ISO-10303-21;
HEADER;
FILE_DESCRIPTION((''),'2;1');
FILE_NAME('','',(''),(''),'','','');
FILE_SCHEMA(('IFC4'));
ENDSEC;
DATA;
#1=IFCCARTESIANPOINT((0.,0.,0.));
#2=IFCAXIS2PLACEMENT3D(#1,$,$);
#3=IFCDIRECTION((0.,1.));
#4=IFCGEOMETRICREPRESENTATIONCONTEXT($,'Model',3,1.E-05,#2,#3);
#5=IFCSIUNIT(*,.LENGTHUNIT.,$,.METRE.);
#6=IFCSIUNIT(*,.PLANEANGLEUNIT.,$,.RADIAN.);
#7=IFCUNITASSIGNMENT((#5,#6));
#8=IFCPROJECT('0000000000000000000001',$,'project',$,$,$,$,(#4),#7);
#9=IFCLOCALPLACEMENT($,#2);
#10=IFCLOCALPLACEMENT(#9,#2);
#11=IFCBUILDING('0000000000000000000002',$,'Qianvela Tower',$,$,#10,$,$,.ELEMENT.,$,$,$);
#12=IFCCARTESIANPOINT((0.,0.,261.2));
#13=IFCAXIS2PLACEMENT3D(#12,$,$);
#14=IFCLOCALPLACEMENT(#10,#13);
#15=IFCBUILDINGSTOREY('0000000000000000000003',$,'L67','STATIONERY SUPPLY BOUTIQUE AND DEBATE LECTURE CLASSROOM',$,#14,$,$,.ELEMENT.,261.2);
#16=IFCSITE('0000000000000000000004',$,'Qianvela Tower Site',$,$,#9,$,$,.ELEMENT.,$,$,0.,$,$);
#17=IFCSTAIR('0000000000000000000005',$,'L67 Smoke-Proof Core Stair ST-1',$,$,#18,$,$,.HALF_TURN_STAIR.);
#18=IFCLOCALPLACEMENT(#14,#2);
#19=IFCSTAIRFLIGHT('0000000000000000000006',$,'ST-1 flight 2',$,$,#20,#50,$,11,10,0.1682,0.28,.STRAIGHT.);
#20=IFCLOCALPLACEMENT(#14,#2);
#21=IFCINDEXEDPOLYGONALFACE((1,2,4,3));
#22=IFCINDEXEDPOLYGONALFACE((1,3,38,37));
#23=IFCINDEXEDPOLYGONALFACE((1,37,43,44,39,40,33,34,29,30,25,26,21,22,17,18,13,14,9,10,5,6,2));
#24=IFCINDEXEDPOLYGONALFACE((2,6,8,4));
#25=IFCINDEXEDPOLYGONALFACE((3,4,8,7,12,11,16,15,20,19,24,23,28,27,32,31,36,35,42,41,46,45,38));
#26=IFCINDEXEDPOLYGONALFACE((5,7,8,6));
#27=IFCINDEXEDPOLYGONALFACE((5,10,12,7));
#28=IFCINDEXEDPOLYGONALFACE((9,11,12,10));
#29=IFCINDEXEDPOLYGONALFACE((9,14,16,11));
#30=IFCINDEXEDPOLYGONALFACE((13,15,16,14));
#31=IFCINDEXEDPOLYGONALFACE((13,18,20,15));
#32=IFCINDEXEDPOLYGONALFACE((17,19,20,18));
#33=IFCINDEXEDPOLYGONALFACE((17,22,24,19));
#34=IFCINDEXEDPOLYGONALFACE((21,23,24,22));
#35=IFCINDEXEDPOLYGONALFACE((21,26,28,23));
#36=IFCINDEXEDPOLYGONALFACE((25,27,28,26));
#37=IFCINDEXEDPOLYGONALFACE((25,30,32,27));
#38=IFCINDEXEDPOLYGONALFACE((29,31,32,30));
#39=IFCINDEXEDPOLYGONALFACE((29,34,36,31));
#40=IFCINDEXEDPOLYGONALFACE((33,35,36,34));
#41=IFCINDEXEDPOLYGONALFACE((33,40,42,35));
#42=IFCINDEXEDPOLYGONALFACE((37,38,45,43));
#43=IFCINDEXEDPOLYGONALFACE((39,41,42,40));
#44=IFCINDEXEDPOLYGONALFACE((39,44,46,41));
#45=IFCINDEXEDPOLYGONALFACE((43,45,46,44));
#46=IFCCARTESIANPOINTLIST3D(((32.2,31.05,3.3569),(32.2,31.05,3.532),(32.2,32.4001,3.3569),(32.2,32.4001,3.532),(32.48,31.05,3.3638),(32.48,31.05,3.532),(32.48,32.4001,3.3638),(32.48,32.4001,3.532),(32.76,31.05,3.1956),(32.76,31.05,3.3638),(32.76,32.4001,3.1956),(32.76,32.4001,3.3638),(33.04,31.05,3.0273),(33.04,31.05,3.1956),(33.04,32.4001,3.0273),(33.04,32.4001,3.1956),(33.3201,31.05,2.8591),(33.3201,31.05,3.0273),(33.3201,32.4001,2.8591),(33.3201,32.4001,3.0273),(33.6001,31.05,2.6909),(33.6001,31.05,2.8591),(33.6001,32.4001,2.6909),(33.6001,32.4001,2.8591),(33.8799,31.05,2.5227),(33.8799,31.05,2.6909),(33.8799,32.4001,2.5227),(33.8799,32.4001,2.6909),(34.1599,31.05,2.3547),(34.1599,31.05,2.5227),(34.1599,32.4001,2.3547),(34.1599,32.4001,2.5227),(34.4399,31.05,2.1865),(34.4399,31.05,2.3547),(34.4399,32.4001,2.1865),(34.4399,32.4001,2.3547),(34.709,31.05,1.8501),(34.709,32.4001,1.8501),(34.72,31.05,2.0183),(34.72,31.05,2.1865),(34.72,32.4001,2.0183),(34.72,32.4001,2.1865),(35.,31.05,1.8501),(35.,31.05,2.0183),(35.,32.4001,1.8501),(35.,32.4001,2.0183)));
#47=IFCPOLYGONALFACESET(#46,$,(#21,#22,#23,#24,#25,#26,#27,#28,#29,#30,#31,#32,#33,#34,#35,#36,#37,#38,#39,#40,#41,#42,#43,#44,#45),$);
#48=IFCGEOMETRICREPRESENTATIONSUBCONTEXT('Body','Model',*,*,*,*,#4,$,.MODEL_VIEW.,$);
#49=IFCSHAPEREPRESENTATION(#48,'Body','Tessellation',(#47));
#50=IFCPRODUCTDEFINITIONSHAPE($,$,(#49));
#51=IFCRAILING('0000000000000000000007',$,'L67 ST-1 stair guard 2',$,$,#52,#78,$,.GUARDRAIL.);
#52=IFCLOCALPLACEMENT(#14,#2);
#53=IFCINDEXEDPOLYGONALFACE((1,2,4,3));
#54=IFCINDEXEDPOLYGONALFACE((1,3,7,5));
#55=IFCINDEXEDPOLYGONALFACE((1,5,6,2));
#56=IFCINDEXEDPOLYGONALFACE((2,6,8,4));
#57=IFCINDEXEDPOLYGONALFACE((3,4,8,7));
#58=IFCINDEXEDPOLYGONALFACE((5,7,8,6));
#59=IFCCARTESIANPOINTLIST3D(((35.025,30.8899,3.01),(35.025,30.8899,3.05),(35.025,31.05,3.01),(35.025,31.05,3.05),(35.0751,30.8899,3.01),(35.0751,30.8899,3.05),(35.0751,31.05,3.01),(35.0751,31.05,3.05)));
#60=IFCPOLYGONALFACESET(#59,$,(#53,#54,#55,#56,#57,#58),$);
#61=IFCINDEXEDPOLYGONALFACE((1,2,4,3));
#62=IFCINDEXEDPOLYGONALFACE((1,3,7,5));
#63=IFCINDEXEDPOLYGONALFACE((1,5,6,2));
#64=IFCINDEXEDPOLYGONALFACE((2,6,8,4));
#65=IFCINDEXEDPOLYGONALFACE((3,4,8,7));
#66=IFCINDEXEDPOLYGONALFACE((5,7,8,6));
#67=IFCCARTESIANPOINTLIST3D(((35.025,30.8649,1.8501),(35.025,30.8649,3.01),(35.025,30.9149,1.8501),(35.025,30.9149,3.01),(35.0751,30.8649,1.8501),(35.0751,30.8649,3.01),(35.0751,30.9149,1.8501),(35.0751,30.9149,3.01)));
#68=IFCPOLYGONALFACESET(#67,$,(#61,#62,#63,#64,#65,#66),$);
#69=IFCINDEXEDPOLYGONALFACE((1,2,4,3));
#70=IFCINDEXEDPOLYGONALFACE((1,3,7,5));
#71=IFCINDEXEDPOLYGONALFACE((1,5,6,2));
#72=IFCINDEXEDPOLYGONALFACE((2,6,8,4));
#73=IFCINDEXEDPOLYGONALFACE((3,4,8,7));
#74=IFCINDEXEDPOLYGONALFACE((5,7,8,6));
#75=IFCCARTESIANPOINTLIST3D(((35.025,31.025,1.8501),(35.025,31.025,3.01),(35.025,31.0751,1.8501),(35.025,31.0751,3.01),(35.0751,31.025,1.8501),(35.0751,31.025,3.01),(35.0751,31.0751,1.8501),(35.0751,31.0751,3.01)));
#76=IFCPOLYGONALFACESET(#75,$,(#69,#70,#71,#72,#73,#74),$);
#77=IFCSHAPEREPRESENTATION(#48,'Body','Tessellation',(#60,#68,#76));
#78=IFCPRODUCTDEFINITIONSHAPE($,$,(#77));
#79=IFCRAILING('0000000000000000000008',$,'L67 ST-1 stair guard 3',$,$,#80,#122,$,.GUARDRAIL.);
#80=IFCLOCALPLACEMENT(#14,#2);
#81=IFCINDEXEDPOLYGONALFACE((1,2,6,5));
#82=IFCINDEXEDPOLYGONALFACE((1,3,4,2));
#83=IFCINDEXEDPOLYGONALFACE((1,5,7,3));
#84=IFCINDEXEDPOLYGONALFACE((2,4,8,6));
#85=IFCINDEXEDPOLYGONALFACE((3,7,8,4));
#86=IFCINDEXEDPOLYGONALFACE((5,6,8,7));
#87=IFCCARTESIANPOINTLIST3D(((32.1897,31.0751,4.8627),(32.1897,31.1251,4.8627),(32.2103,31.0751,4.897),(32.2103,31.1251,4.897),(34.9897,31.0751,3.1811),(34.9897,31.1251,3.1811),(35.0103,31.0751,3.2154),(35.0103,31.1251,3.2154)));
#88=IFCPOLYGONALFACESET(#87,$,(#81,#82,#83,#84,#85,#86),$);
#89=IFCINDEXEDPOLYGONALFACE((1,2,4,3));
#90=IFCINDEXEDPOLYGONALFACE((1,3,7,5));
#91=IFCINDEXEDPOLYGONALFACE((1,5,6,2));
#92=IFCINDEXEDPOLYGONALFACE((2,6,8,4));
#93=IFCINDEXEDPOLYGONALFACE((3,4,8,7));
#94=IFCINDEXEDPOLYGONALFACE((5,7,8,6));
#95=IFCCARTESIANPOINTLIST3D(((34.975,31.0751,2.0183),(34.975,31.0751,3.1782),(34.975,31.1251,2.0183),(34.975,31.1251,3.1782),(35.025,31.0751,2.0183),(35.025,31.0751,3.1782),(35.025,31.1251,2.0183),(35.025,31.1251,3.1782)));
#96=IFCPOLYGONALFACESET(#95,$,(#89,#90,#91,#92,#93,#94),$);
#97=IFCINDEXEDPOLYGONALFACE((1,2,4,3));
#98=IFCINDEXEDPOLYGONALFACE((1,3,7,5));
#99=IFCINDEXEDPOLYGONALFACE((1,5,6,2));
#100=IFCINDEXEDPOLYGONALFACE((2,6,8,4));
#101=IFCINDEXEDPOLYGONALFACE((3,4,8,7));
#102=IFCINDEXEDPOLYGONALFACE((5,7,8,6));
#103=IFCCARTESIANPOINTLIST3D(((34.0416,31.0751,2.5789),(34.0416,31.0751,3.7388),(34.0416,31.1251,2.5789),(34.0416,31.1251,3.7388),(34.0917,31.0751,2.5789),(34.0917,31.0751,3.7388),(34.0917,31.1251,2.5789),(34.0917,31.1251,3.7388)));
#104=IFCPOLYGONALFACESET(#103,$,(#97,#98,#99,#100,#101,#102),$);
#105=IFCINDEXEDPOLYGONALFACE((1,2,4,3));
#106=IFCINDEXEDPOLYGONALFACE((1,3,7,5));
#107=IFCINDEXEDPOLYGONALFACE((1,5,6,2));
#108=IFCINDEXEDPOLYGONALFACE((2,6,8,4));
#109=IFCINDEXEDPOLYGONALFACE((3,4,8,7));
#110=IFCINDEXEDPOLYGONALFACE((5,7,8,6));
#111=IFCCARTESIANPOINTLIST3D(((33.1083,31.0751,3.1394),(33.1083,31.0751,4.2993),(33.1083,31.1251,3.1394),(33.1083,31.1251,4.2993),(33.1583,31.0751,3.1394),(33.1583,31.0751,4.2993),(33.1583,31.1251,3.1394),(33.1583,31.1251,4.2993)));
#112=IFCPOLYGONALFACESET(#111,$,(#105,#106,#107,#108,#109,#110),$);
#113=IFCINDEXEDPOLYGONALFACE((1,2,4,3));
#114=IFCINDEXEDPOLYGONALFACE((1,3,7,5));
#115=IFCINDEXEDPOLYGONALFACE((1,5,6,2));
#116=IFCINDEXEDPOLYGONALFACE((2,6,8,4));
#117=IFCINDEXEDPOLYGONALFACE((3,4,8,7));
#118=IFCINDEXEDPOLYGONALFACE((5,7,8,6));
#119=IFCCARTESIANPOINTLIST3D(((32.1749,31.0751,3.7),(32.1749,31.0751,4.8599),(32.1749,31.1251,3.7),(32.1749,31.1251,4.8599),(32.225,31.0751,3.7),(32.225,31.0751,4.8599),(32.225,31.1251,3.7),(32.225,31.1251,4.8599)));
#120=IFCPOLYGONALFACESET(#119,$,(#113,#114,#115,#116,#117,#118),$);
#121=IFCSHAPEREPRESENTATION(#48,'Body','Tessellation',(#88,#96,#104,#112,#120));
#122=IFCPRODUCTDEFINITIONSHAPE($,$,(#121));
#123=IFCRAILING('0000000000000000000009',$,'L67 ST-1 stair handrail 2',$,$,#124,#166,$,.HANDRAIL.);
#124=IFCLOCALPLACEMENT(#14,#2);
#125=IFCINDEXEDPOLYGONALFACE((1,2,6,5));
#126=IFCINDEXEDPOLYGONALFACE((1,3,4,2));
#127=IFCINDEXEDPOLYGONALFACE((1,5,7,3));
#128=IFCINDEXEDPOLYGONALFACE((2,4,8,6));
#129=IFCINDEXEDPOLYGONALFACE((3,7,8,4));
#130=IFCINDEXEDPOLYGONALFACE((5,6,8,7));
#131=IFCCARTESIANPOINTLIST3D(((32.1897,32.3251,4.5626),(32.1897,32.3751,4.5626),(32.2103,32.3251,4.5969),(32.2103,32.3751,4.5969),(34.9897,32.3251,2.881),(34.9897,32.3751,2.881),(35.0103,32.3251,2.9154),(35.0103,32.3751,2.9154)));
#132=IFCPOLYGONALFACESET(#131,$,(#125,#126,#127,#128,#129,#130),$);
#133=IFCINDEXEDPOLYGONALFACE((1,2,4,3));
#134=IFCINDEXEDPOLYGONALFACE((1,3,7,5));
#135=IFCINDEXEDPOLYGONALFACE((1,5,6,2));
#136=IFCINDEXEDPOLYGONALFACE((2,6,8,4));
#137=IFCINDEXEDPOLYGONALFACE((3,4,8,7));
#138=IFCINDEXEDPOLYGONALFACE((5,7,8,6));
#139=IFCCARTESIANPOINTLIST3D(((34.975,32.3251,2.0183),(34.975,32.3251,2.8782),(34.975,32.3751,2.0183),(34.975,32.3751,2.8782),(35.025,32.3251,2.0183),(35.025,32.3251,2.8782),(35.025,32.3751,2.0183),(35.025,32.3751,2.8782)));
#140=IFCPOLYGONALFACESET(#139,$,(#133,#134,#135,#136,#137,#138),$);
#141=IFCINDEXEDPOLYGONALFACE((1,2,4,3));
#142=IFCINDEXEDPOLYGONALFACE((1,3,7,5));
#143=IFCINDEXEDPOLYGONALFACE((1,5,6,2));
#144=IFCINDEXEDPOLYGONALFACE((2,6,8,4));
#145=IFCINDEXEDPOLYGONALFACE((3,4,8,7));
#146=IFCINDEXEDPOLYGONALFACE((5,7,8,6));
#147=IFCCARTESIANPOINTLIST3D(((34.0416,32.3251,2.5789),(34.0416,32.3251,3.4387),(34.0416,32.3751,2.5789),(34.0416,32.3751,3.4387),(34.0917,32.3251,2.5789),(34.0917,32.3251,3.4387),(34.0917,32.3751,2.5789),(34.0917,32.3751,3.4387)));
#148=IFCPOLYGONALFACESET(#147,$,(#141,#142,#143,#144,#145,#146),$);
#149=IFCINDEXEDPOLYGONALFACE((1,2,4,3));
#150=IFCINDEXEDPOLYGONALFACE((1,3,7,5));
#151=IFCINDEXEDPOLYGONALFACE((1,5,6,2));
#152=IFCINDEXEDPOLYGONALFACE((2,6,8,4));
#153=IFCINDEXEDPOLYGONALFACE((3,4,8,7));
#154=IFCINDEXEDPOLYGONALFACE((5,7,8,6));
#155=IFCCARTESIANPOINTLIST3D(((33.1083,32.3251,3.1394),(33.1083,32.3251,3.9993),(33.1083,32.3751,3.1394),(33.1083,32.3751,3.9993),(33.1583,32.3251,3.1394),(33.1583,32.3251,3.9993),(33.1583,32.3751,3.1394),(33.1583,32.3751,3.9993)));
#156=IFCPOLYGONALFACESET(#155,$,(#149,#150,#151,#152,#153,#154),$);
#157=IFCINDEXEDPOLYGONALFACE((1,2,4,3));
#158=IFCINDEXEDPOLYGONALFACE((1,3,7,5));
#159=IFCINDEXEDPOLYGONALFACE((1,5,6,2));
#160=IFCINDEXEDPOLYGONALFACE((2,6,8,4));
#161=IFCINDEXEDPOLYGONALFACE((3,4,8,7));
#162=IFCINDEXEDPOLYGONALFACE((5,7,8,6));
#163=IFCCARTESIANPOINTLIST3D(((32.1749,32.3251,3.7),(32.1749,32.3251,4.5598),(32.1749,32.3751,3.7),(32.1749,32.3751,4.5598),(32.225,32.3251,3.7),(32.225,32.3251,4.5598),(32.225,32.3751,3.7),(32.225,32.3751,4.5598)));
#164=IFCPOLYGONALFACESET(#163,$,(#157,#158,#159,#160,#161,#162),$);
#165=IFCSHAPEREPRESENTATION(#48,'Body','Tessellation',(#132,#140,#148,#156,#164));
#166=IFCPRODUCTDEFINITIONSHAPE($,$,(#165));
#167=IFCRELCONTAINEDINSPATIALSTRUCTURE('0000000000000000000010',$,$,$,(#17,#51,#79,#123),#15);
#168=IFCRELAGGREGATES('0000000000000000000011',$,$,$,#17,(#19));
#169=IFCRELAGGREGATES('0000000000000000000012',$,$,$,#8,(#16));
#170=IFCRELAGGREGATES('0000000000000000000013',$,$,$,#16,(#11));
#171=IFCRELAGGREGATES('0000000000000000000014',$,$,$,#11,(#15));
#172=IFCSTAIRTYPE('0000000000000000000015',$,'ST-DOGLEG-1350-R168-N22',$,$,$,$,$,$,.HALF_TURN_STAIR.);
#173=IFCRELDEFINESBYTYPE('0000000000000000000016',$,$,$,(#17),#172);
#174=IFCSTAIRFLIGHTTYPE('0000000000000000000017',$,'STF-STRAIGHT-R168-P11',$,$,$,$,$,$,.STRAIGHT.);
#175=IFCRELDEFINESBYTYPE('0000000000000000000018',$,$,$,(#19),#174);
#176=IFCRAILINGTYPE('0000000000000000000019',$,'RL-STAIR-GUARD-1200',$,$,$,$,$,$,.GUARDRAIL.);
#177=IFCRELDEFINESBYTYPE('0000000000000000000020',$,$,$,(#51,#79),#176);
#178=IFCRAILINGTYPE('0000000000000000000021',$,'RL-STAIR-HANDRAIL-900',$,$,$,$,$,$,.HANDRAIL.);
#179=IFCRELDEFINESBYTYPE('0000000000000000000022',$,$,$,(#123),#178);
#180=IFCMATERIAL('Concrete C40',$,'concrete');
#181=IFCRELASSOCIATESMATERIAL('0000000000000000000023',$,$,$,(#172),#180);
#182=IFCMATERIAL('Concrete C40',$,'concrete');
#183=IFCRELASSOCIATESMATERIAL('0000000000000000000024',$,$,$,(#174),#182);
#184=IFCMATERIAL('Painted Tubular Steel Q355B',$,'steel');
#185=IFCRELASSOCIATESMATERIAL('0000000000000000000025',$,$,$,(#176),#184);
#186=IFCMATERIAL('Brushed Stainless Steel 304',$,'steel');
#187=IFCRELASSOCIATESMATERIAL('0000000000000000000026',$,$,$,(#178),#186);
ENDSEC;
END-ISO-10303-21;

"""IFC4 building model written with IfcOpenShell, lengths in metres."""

from ifc_helpers import new_model, si_unit, direction, frame, origin, origin_2d, place, context, subcontext, project, spatial, polyline, rectangle, outline, extrude, material, type_object, element, aggregate, save


model = new_model("IFC4")

# Units and contexts
model_context = context("Model", 3, precision=1e-05, world=origin(), true_north=direction((0.0, 1.0)))
body_context = subcontext(model_context, "Body", "Model", "MODEL_VIEW")
ifc_project = project(units=[si_unit("LENGTHUNIT", "METRE"), si_unit("PLANEANGLEUNIT", "RADIAN")], contexts=[model_context])

# Site, building, storey
site_placement = place(None, origin())
site = spatial("IfcSite", under=ifc_project, at=site_placement, Name="Qianvela Tower Site", CompositionType="ELEMENT", RefElevation=0.0)
building_placement = place(site_placement, origin())
building = spatial("IfcBuilding", under=site, at=building_placement, Name="Qianvela Tower", CompositionType="ELEMENT")
storey_placement = place(building_placement, frame((0.0, 0.0, 261.2)))
storey = spatial("IfcBuildingStorey", under=building, at=storey_placement, Name="L67", Description="STATIONERY SUPPLY BOUTIQUE AND DEBATE LECTURE CLASSROOM", CompositionType="ELEMENT", Elevation=261.2)

# Stair, stair flight
ifc_material_1 = material(Name="Concrete C40", Category="concrete")
stair_type = type_object("IfcStairType", Name="ST-DOGLEG-1350-R168-N22", PredefinedType="HALF_TURN_STAIR", material=ifc_material_1)
stair_placement = place(storey_placement, origin())
stair = element("IfcStair", 1, at=stair_placement, inside=storey, type_object=stair_type, Name="L67 Smoke-Proof Core Stair ST-1", PredefinedType="HALF_TURN_STAIR")
ifc_material_2 = material(Name="Concrete C40", Category="concrete")
stair_flight_type = type_object("IfcStairFlightType", Name="STF-STRAIGHT-R168-P11", PredefinedType="STRAIGHT", material=ifc_material_2)
stair_flight_placement = place(storey_placement, frame((35.0, 31.7251, 1.8501), z_axis=(0.0, 0.0, 1.0), x_axis=(-1.0, 0.0, 0.0)))
stair_flight = element("IfcStairFlight", 2, at=stair_flight_placement, type_object=stair_flight_type, Name="ST-1 flight 2", NumberOfRisers=11, NumberOfTreads=10, PredefinedType="STRAIGHT", RiserHeight=0.1682, TreadLength=0.28, context=body_context, shape_type="SweptSolid", body=[
    extrude(outline(polyline([(0.0, 0.0), (0.0, 0.1682), (0.28, 0.1682), (0.28, 0.3364), (0.5601, 0.3364), (0.5601, 0.5046), (0.8401, 0.5046), (0.8401, 0.6726), (1.1201, 0.6726), (1.1201, 0.8408), (1.3999, 0.8408), (1.3999, 1.009), (1.6799, 1.009), (1.6799, 1.1772), (1.96, 1.1772), (1.96, 1.3455), (2.24, 1.3455), (2.24, 1.5137), (2.52, 1.5137), (2.52, 1.6819), (2.8, 1.6819), (2.8, 1.8501), (2.8, 1.5068), (0.291, 0.0), (0.0, 0.0)])), frame((0.0, 0.675, 0.0), z_axis=(0.0, -1.0, 0.0), x_axis=(1.0, 0.0, 0.0)), (0.0, 0.0, 1.0), 1.3501),
])
aggregate(stair, [stair_flight])

# Railings
ifc_material_3 = material(Name="Painted Tubular Steel Q355B", Category="steel")
railing_type_1 = type_object("IfcRailingType", Name="RL-STAIR-GUARD-1200", PredefinedType="GUARDRAIL", material=ifc_material_3)
railing_1_placement = place(storey_placement, frame((35.05, 30.8899, 1.8501)))
element("IfcRailing", 3, at=railing_1_placement, inside=storey, type_object=railing_type_1, Name="L67 ST-1 stair guard 2", PredefinedType="GUARDRAIL", context=body_context, shape_type="SweptSolid", body=[
    extrude(rectangle(XDim=0.05, YDim=0.04, at=origin_2d()), frame((0.0, 0.0, 1.1799), z_axis=(0.0, 1.0, 0.0), x_axis=(-1.0, 0.0, 0.0)), (0.0, 0.0, 1.0), 0.1602),
    extrude(rectangle(XDim=0.05, YDim=0.05, at=origin_2d()), origin(), (0.0, 0.0, 1.0), 1.1599),
    extrude(rectangle(XDim=0.05, YDim=0.05, at=origin_2d()), frame((0.0, 0.1602, 0.0)), (0.0, 0.0, 1.0), 1.1599),
])
railing_2_placement = place(storey_placement, frame((35.0, 31.1001, 2.0183)))
element("IfcRailing", 4, at=railing_2_placement, inside=storey, type_object=railing_type_1, Name="L67 ST-1 stair guard 3", PredefinedType="GUARDRAIL", context=body_context, shape_type="SweptSolid", body=[
    extrude(rectangle(XDim=0.05, YDim=0.04, at=origin_2d()), frame((0.0, 0.0, 1.1799), z_axis=(-0.857275, 0.0, 0.514858), x_axis=(0.0, -1.0, 0.0)), (0.0, 0.0, 1.0), 3.2661),
    extrude(rectangle(XDim=0.05, YDim=0.05, at=origin_2d()), origin(), (0.0, 0.0, 1.0), 1.1599),
    extrude(rectangle(XDim=0.05, YDim=0.05, at=origin_2d()), frame((-0.9333, 0.0, 0.5605)), (0.0, 0.0, 1.0), 1.1599),
    extrude(rectangle(XDim=0.05, YDim=0.05, at=origin_2d()), frame((-1.8667, 0.0, 1.1211)), (0.0, 0.0, 1.0), 1.1599),
    extrude(rectangle(XDim=0.05, YDim=0.05, at=origin_2d()), frame((-2.8, 0.0, 1.6816)), (0.0, 0.0, 1.0), 1.1599),
])
ifc_material_4 = material(Name="Brushed Stainless Steel 304", Category="steel")
railing_type_2 = type_object("IfcRailingType", Name="RL-STAIR-HANDRAIL-900", PredefinedType="HANDRAIL", material=ifc_material_4)
railing_3_placement = place(storey_placement, frame((35.0, 32.3501, 2.0183)))
element("IfcRailing", 5, at=railing_3_placement, inside=storey, type_object=railing_type_2, Name="L67 ST-1 stair handrail 2", PredefinedType="HANDRAIL", context=body_context, shape_type="SweptSolid", body=[
    extrude(rectangle(XDim=0.05, YDim=0.04, at=origin_2d()), frame((0.0, 0.0, 0.8799), z_axis=(-0.857275, 0.0, 0.514858), x_axis=(0.0, -1.0, 0.0)), (0.0, 0.0, 1.0), 3.2661),
    extrude(rectangle(XDim=0.05, YDim=0.05, at=origin_2d()), origin(), (0.0, 0.0, 1.0), 0.8599),
    extrude(rectangle(XDim=0.05, YDim=0.05, at=origin_2d()), frame((-0.9333, 0.0, 0.5605)), (0.0, 0.0, 1.0), 0.8599),
    extrude(rectangle(XDim=0.05, YDim=0.05, at=origin_2d()), frame((-1.8667, 0.0, 1.1211)), (0.0, 0.0, 1.0), 0.8599),
    extrude(rectangle(XDim=0.05, YDim=0.05, at=origin_2d()), frame((-2.8, 0.0, 1.6816)), (0.0, 0.0, 1.0), 0.8599),
])

save(model, "model.ifc")
